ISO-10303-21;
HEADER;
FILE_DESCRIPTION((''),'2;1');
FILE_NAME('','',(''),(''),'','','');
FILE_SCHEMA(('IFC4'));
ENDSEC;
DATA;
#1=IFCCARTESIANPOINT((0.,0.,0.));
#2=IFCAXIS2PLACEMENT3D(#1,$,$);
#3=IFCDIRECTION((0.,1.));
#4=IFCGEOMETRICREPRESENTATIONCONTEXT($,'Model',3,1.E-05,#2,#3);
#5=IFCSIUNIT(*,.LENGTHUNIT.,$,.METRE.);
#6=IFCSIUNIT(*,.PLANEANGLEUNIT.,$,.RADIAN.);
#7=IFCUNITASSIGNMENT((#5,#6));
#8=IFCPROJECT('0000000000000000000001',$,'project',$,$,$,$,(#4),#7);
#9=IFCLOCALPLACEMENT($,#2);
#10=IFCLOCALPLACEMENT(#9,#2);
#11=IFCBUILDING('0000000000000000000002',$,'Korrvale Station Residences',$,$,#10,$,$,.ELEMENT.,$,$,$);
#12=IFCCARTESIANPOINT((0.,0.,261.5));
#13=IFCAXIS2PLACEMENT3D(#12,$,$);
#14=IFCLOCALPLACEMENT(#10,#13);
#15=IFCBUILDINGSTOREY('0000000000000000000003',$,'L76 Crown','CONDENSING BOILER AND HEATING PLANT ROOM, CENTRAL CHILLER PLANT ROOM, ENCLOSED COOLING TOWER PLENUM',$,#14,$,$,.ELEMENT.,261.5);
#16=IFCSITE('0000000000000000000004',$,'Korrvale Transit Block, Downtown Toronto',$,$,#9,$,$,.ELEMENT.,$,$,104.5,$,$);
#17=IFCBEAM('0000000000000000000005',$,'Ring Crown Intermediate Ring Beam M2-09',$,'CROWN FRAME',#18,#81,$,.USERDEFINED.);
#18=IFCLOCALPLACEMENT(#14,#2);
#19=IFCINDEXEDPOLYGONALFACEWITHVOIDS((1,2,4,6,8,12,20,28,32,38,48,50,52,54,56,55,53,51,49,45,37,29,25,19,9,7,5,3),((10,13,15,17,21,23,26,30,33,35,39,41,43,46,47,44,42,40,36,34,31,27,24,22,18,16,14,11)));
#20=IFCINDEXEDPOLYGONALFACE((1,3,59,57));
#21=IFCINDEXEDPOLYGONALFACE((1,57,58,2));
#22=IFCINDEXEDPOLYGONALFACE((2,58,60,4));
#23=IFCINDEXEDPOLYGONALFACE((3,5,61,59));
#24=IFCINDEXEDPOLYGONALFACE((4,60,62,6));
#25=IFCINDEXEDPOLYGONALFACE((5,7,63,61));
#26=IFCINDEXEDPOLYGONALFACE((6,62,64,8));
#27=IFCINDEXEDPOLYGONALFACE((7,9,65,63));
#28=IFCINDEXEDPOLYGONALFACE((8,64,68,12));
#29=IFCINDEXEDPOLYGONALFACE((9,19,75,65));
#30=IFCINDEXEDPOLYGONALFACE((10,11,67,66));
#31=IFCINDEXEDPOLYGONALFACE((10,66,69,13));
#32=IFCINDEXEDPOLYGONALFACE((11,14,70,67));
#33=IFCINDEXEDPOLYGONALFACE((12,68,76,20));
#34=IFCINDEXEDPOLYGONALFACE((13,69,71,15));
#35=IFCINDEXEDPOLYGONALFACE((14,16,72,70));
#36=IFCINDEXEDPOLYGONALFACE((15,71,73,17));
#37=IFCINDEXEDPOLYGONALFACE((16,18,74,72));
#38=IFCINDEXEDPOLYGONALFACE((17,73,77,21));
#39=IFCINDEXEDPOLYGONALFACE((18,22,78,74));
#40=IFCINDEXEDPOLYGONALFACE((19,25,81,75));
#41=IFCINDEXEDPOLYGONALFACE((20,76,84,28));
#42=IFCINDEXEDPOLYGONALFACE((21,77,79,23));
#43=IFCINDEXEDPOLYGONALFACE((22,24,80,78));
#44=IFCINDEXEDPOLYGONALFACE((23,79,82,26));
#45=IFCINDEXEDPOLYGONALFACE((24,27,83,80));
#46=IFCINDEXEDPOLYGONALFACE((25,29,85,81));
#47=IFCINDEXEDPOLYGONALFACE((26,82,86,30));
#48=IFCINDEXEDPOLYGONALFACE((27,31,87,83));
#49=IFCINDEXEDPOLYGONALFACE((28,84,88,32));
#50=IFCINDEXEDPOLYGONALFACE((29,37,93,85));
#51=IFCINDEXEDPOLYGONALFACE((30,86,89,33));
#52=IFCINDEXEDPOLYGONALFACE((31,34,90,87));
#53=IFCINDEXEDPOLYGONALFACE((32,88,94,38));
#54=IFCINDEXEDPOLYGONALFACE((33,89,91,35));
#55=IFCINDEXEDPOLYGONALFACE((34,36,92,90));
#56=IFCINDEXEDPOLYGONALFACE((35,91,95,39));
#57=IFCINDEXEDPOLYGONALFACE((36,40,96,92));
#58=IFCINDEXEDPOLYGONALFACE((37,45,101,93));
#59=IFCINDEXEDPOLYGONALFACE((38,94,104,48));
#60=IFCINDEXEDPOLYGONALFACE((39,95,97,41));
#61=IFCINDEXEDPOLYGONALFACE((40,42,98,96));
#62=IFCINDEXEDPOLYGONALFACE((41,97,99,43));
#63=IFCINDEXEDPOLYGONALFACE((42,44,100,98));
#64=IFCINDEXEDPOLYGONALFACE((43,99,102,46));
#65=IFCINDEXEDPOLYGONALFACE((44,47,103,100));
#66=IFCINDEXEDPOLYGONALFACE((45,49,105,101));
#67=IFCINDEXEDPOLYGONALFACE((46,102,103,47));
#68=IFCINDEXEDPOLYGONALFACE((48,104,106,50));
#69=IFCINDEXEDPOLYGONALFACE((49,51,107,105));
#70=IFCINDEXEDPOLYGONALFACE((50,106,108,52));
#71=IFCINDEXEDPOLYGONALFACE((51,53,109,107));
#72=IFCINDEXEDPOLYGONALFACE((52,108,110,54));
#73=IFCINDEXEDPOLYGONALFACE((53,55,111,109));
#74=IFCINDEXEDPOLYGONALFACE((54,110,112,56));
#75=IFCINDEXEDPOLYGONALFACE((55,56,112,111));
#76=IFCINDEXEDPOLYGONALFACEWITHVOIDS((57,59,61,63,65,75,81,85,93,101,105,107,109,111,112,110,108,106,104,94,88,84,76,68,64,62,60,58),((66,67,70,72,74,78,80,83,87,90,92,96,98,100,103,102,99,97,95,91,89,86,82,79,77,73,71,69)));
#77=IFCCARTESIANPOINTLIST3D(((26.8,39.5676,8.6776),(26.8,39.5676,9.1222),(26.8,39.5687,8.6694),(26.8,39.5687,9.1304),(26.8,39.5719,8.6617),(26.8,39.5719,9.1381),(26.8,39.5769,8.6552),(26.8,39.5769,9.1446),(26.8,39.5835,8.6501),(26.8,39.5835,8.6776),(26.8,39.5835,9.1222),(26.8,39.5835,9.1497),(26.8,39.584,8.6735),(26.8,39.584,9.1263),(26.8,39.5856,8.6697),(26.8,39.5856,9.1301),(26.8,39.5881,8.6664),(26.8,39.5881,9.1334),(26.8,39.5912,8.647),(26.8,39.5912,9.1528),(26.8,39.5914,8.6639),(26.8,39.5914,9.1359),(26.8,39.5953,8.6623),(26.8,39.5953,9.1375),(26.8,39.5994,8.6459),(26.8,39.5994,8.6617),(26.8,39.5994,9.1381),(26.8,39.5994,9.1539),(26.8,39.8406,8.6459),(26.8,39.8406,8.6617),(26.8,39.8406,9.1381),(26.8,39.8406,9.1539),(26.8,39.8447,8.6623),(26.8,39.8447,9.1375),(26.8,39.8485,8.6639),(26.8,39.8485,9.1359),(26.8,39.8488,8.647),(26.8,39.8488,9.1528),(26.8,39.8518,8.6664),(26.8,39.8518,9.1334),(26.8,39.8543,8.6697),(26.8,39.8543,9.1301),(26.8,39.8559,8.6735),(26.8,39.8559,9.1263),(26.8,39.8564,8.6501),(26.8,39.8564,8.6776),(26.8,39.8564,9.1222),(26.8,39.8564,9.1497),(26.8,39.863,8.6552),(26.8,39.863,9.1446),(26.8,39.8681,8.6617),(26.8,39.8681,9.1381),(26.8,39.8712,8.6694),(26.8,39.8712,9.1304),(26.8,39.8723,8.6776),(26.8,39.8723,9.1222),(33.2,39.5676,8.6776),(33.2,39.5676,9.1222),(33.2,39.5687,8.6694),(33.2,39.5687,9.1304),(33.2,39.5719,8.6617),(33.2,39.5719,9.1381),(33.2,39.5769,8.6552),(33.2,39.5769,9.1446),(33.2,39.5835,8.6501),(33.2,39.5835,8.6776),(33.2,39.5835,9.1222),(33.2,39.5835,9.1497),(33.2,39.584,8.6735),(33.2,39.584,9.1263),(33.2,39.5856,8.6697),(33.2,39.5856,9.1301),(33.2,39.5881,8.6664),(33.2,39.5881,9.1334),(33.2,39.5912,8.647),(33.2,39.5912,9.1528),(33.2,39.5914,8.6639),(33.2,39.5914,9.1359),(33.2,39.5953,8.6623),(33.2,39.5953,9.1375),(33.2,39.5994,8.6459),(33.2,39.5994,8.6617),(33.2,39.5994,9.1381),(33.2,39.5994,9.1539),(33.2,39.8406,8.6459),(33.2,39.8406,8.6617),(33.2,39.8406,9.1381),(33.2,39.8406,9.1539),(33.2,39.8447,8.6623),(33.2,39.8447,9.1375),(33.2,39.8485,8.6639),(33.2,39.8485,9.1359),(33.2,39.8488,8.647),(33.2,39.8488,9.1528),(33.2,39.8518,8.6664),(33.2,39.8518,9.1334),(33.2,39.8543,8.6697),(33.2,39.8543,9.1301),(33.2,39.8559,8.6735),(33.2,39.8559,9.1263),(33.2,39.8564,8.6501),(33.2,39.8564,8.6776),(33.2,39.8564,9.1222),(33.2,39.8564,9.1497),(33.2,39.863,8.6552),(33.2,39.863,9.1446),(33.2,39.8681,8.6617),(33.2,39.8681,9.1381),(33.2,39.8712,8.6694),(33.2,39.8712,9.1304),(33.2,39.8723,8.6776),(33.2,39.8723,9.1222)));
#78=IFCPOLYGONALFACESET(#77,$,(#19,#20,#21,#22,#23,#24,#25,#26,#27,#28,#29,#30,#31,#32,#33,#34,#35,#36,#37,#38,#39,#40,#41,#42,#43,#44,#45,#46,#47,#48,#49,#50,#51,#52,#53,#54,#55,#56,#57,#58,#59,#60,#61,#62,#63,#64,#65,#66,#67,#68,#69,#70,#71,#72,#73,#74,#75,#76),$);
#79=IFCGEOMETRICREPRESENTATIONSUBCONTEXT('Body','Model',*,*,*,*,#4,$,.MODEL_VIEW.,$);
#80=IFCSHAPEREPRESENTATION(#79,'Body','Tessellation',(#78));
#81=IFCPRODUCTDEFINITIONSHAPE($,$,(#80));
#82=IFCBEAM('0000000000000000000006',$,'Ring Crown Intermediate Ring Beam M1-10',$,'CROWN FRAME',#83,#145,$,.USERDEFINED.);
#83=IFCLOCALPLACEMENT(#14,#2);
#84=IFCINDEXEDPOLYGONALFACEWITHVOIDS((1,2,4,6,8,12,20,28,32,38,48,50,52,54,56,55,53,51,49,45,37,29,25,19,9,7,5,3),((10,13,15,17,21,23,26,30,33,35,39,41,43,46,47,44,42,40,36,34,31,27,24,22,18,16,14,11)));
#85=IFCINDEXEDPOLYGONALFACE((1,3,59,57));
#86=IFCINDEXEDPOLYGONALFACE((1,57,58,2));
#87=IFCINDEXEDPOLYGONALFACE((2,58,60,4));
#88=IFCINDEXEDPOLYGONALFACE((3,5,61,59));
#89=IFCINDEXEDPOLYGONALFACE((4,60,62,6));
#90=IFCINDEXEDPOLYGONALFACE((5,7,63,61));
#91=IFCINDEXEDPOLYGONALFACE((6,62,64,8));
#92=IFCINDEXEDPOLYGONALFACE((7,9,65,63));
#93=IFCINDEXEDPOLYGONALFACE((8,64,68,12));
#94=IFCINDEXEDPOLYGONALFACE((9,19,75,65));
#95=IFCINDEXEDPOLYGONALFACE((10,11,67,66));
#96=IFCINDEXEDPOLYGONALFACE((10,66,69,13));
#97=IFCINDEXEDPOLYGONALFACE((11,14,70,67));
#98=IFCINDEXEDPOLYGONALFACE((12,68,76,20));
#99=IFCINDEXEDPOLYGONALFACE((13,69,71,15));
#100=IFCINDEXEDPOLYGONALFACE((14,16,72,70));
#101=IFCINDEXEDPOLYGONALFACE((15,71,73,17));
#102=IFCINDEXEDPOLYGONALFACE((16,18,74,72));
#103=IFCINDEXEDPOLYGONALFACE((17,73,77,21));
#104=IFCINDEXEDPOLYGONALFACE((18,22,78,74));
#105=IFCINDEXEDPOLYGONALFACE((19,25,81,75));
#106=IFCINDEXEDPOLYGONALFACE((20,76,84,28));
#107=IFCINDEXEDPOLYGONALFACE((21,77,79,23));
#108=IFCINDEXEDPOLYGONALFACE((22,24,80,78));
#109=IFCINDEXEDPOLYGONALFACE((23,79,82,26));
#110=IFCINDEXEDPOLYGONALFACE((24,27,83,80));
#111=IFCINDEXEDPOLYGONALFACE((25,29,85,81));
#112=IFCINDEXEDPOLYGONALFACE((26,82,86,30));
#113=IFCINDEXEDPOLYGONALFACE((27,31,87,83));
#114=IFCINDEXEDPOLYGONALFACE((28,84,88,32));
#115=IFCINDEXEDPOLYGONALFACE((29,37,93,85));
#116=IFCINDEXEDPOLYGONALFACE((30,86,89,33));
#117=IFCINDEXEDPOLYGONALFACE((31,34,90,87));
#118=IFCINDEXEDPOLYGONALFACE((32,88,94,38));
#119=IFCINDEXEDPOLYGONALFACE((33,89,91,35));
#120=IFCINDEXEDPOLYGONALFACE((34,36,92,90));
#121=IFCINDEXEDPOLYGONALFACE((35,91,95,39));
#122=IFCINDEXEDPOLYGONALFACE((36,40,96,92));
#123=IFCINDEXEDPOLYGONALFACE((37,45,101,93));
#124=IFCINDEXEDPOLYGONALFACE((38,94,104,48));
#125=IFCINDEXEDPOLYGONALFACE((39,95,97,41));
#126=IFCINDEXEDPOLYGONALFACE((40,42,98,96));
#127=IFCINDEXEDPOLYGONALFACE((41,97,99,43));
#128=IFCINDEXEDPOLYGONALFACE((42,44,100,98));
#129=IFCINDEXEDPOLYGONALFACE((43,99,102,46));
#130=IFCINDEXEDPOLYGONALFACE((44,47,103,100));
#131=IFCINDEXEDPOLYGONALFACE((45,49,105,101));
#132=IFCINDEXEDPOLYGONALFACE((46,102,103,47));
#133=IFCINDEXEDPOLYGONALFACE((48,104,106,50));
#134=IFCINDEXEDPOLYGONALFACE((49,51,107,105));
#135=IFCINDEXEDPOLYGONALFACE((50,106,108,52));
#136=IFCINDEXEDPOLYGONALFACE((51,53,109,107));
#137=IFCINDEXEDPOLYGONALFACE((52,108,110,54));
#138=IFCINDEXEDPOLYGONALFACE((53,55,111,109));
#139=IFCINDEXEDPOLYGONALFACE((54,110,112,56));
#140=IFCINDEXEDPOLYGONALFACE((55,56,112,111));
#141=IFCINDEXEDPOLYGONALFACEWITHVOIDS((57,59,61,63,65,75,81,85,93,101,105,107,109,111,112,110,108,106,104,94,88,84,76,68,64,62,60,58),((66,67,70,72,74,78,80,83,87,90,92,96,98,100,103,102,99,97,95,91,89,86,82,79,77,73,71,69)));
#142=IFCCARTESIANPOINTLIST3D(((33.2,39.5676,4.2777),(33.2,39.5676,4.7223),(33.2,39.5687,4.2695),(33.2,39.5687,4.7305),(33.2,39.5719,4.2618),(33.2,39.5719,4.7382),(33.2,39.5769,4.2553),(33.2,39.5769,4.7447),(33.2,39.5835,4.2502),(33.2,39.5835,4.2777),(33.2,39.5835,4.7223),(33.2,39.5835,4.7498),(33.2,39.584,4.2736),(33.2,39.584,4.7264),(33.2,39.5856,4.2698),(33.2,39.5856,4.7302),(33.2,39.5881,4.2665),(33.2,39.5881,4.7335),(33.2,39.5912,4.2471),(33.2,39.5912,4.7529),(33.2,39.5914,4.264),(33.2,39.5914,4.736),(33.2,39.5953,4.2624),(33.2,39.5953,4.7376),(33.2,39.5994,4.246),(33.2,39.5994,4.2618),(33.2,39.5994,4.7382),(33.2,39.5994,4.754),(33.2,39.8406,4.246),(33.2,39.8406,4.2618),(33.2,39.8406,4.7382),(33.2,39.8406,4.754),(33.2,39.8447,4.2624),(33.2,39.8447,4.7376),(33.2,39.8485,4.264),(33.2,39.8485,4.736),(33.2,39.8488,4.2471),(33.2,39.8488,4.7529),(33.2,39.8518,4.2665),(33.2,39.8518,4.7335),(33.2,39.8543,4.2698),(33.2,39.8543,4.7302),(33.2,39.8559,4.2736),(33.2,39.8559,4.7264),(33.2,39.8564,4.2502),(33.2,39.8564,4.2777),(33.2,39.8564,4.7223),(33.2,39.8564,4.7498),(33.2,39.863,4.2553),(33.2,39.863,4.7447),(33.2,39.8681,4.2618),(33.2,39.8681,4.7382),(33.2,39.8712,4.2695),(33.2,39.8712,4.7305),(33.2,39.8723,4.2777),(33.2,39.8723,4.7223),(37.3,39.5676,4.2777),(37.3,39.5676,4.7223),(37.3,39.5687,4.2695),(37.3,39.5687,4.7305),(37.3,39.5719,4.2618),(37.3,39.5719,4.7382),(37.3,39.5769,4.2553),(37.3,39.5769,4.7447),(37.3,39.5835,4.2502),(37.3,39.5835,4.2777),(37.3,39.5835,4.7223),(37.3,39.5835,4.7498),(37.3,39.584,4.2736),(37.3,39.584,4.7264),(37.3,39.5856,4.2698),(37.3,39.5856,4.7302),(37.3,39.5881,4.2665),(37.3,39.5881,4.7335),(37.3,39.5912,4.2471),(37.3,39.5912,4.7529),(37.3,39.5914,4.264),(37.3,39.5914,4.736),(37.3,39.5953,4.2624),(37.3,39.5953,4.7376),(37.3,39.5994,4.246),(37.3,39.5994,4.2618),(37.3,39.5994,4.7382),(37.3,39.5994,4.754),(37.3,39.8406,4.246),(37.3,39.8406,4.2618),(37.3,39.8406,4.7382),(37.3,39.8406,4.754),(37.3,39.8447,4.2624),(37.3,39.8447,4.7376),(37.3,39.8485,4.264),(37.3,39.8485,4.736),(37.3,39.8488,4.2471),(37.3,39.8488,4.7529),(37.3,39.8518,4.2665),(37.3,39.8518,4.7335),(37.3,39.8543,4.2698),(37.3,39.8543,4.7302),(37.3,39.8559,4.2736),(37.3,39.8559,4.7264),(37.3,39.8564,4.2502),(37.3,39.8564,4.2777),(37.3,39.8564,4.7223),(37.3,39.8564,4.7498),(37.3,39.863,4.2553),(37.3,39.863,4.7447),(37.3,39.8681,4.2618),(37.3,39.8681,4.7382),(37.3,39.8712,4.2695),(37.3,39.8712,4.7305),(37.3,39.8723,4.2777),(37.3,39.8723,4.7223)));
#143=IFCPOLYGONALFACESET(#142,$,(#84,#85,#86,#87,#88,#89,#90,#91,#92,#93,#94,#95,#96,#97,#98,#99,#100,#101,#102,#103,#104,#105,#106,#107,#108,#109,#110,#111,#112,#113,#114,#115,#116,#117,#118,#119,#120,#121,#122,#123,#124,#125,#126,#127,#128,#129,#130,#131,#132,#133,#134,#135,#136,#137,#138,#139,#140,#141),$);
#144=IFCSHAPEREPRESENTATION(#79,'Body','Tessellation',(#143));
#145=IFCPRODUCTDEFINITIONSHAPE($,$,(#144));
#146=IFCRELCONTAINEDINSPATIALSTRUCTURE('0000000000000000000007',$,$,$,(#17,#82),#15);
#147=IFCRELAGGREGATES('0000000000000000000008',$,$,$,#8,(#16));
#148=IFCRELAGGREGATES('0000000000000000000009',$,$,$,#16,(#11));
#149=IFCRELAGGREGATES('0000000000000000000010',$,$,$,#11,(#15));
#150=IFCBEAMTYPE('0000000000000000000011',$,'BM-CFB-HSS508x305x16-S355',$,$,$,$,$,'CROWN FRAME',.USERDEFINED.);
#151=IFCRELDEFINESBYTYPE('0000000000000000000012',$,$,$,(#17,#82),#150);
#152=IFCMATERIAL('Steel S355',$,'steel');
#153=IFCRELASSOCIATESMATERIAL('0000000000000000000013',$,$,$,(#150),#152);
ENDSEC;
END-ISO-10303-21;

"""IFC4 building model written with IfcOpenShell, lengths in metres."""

from ifc_helpers import new_model, si_unit, direction, frame, origin, origin_2d, place, context, subcontext, project, spatial, hollow_rectangle, extrude, material, material_profile, profile_set, type_object, element, save


model = new_model("IFC4")

# Units and contexts
model_context = context("Model", 3, precision=1e-05, world=origin(), true_north=direction((0.0, 1.0)))
body_context = subcontext(model_context, "Body", "Model", "MODEL_VIEW")
ifc_project = project(units=[si_unit("LENGTHUNIT", "METRE"), si_unit("PLANEANGLEUNIT", "RADIAN")], contexts=[model_context])

# Site, building, storey
site_placement = place(None, origin())
site = spatial("IfcSite", under=ifc_project, at=site_placement, Name="Korrvale Transit Block, Downtown Toronto", CompositionType="ELEMENT", RefElevation=104.5)
building_placement = place(site_placement, origin())
building = spatial("IfcBuilding", under=site, at=building_placement, Name="Korrvale Station Residences", CompositionType="ELEMENT")
storey_placement = place(building_placement, frame((0.0, 0.0, 261.5)))
storey = spatial("IfcBuildingStorey", under=building, at=storey_placement, Name="L76 Crown", Description="CONDENSING BOILER AND HEATING PLANT ROOM, CENTRAL CHILLER PLANT ROOM, ENCLOSED COOLING TOWER PLENUM", CompositionType="ELEMENT", Elevation=261.5)

# Shared definitions
ifc_material_1 = material(Name="Steel S355", Category="steel")

# Beams
ifc_material_profile_1 = material_profile(ifc_material_1, hollow_rectangle(XDim=0.3047, YDim=0.5081, WallThickness=0.0159, InnerFilletRadius=0.0159, OuterFilletRadius=0.0317, at=origin_2d()), Name="HSS508x305x16")
ifc_profile_set_1 = profile_set([ifc_material_profile_1], Name="Steel S355")
beam_type = type_object("IfcBeamType", Name="BM-CFB-HSS508x305x16-S355", ElementType="CROWN FRAME", PredefinedType="USERDEFINED", material=ifc_profile_set_1)
for number, where, z_axis, x_axis, name in (
    (1, (26.8, 39.72, 8.8999), (1.0, 0.0, 0.0), (0.0, 1.0, 0.0), "Ring Crown Intermediate Ring Beam M2-09"),
):
    element("IfcBeam", number, at=place(storey_placement, frame(where, z_axis=z_axis, x_axis=x_axis)), inside=storey, type_object=beam_type, Name=name, ObjectType="CROWN FRAME", PredefinedType="USERDEFINED", context=body_context, shape_type="SweptSolid", body=[
        extrude(hollow_rectangle(XDim=0.3047, YDim=0.5081, WallThickness=0.0159, InnerFilletRadius=0.0159, OuterFilletRadius=0.0317, at=origin_2d()), origin(), (0.0, 0.0, 1.0), 6.3999),
    ])
for number, where, z_axis, x_axis, name in (
    (2, (33.2, 39.72, 4.5), (1.0, 0.0, 0.0), (0.0, 1.0, 0.0), "Ring Crown Intermediate Ring Beam M1-10"),
):
    element("IfcBeam", number, at=place(storey_placement, frame(where, z_axis=z_axis, x_axis=x_axis)), inside=storey, type_object=beam_type, Name=name, ObjectType="CROWN FRAME", PredefinedType="USERDEFINED", context=body_context, shape_type="SweptSolid", body=[
        extrude(hollow_rectangle(XDim=0.3047, YDim=0.5081, WallThickness=0.0159, InnerFilletRadius=0.0159, OuterFilletRadius=0.0317, at=origin_2d()), origin(), (0.0, 0.0, 1.0), 4.1001),
    ])

save(model, "model.ifc")
